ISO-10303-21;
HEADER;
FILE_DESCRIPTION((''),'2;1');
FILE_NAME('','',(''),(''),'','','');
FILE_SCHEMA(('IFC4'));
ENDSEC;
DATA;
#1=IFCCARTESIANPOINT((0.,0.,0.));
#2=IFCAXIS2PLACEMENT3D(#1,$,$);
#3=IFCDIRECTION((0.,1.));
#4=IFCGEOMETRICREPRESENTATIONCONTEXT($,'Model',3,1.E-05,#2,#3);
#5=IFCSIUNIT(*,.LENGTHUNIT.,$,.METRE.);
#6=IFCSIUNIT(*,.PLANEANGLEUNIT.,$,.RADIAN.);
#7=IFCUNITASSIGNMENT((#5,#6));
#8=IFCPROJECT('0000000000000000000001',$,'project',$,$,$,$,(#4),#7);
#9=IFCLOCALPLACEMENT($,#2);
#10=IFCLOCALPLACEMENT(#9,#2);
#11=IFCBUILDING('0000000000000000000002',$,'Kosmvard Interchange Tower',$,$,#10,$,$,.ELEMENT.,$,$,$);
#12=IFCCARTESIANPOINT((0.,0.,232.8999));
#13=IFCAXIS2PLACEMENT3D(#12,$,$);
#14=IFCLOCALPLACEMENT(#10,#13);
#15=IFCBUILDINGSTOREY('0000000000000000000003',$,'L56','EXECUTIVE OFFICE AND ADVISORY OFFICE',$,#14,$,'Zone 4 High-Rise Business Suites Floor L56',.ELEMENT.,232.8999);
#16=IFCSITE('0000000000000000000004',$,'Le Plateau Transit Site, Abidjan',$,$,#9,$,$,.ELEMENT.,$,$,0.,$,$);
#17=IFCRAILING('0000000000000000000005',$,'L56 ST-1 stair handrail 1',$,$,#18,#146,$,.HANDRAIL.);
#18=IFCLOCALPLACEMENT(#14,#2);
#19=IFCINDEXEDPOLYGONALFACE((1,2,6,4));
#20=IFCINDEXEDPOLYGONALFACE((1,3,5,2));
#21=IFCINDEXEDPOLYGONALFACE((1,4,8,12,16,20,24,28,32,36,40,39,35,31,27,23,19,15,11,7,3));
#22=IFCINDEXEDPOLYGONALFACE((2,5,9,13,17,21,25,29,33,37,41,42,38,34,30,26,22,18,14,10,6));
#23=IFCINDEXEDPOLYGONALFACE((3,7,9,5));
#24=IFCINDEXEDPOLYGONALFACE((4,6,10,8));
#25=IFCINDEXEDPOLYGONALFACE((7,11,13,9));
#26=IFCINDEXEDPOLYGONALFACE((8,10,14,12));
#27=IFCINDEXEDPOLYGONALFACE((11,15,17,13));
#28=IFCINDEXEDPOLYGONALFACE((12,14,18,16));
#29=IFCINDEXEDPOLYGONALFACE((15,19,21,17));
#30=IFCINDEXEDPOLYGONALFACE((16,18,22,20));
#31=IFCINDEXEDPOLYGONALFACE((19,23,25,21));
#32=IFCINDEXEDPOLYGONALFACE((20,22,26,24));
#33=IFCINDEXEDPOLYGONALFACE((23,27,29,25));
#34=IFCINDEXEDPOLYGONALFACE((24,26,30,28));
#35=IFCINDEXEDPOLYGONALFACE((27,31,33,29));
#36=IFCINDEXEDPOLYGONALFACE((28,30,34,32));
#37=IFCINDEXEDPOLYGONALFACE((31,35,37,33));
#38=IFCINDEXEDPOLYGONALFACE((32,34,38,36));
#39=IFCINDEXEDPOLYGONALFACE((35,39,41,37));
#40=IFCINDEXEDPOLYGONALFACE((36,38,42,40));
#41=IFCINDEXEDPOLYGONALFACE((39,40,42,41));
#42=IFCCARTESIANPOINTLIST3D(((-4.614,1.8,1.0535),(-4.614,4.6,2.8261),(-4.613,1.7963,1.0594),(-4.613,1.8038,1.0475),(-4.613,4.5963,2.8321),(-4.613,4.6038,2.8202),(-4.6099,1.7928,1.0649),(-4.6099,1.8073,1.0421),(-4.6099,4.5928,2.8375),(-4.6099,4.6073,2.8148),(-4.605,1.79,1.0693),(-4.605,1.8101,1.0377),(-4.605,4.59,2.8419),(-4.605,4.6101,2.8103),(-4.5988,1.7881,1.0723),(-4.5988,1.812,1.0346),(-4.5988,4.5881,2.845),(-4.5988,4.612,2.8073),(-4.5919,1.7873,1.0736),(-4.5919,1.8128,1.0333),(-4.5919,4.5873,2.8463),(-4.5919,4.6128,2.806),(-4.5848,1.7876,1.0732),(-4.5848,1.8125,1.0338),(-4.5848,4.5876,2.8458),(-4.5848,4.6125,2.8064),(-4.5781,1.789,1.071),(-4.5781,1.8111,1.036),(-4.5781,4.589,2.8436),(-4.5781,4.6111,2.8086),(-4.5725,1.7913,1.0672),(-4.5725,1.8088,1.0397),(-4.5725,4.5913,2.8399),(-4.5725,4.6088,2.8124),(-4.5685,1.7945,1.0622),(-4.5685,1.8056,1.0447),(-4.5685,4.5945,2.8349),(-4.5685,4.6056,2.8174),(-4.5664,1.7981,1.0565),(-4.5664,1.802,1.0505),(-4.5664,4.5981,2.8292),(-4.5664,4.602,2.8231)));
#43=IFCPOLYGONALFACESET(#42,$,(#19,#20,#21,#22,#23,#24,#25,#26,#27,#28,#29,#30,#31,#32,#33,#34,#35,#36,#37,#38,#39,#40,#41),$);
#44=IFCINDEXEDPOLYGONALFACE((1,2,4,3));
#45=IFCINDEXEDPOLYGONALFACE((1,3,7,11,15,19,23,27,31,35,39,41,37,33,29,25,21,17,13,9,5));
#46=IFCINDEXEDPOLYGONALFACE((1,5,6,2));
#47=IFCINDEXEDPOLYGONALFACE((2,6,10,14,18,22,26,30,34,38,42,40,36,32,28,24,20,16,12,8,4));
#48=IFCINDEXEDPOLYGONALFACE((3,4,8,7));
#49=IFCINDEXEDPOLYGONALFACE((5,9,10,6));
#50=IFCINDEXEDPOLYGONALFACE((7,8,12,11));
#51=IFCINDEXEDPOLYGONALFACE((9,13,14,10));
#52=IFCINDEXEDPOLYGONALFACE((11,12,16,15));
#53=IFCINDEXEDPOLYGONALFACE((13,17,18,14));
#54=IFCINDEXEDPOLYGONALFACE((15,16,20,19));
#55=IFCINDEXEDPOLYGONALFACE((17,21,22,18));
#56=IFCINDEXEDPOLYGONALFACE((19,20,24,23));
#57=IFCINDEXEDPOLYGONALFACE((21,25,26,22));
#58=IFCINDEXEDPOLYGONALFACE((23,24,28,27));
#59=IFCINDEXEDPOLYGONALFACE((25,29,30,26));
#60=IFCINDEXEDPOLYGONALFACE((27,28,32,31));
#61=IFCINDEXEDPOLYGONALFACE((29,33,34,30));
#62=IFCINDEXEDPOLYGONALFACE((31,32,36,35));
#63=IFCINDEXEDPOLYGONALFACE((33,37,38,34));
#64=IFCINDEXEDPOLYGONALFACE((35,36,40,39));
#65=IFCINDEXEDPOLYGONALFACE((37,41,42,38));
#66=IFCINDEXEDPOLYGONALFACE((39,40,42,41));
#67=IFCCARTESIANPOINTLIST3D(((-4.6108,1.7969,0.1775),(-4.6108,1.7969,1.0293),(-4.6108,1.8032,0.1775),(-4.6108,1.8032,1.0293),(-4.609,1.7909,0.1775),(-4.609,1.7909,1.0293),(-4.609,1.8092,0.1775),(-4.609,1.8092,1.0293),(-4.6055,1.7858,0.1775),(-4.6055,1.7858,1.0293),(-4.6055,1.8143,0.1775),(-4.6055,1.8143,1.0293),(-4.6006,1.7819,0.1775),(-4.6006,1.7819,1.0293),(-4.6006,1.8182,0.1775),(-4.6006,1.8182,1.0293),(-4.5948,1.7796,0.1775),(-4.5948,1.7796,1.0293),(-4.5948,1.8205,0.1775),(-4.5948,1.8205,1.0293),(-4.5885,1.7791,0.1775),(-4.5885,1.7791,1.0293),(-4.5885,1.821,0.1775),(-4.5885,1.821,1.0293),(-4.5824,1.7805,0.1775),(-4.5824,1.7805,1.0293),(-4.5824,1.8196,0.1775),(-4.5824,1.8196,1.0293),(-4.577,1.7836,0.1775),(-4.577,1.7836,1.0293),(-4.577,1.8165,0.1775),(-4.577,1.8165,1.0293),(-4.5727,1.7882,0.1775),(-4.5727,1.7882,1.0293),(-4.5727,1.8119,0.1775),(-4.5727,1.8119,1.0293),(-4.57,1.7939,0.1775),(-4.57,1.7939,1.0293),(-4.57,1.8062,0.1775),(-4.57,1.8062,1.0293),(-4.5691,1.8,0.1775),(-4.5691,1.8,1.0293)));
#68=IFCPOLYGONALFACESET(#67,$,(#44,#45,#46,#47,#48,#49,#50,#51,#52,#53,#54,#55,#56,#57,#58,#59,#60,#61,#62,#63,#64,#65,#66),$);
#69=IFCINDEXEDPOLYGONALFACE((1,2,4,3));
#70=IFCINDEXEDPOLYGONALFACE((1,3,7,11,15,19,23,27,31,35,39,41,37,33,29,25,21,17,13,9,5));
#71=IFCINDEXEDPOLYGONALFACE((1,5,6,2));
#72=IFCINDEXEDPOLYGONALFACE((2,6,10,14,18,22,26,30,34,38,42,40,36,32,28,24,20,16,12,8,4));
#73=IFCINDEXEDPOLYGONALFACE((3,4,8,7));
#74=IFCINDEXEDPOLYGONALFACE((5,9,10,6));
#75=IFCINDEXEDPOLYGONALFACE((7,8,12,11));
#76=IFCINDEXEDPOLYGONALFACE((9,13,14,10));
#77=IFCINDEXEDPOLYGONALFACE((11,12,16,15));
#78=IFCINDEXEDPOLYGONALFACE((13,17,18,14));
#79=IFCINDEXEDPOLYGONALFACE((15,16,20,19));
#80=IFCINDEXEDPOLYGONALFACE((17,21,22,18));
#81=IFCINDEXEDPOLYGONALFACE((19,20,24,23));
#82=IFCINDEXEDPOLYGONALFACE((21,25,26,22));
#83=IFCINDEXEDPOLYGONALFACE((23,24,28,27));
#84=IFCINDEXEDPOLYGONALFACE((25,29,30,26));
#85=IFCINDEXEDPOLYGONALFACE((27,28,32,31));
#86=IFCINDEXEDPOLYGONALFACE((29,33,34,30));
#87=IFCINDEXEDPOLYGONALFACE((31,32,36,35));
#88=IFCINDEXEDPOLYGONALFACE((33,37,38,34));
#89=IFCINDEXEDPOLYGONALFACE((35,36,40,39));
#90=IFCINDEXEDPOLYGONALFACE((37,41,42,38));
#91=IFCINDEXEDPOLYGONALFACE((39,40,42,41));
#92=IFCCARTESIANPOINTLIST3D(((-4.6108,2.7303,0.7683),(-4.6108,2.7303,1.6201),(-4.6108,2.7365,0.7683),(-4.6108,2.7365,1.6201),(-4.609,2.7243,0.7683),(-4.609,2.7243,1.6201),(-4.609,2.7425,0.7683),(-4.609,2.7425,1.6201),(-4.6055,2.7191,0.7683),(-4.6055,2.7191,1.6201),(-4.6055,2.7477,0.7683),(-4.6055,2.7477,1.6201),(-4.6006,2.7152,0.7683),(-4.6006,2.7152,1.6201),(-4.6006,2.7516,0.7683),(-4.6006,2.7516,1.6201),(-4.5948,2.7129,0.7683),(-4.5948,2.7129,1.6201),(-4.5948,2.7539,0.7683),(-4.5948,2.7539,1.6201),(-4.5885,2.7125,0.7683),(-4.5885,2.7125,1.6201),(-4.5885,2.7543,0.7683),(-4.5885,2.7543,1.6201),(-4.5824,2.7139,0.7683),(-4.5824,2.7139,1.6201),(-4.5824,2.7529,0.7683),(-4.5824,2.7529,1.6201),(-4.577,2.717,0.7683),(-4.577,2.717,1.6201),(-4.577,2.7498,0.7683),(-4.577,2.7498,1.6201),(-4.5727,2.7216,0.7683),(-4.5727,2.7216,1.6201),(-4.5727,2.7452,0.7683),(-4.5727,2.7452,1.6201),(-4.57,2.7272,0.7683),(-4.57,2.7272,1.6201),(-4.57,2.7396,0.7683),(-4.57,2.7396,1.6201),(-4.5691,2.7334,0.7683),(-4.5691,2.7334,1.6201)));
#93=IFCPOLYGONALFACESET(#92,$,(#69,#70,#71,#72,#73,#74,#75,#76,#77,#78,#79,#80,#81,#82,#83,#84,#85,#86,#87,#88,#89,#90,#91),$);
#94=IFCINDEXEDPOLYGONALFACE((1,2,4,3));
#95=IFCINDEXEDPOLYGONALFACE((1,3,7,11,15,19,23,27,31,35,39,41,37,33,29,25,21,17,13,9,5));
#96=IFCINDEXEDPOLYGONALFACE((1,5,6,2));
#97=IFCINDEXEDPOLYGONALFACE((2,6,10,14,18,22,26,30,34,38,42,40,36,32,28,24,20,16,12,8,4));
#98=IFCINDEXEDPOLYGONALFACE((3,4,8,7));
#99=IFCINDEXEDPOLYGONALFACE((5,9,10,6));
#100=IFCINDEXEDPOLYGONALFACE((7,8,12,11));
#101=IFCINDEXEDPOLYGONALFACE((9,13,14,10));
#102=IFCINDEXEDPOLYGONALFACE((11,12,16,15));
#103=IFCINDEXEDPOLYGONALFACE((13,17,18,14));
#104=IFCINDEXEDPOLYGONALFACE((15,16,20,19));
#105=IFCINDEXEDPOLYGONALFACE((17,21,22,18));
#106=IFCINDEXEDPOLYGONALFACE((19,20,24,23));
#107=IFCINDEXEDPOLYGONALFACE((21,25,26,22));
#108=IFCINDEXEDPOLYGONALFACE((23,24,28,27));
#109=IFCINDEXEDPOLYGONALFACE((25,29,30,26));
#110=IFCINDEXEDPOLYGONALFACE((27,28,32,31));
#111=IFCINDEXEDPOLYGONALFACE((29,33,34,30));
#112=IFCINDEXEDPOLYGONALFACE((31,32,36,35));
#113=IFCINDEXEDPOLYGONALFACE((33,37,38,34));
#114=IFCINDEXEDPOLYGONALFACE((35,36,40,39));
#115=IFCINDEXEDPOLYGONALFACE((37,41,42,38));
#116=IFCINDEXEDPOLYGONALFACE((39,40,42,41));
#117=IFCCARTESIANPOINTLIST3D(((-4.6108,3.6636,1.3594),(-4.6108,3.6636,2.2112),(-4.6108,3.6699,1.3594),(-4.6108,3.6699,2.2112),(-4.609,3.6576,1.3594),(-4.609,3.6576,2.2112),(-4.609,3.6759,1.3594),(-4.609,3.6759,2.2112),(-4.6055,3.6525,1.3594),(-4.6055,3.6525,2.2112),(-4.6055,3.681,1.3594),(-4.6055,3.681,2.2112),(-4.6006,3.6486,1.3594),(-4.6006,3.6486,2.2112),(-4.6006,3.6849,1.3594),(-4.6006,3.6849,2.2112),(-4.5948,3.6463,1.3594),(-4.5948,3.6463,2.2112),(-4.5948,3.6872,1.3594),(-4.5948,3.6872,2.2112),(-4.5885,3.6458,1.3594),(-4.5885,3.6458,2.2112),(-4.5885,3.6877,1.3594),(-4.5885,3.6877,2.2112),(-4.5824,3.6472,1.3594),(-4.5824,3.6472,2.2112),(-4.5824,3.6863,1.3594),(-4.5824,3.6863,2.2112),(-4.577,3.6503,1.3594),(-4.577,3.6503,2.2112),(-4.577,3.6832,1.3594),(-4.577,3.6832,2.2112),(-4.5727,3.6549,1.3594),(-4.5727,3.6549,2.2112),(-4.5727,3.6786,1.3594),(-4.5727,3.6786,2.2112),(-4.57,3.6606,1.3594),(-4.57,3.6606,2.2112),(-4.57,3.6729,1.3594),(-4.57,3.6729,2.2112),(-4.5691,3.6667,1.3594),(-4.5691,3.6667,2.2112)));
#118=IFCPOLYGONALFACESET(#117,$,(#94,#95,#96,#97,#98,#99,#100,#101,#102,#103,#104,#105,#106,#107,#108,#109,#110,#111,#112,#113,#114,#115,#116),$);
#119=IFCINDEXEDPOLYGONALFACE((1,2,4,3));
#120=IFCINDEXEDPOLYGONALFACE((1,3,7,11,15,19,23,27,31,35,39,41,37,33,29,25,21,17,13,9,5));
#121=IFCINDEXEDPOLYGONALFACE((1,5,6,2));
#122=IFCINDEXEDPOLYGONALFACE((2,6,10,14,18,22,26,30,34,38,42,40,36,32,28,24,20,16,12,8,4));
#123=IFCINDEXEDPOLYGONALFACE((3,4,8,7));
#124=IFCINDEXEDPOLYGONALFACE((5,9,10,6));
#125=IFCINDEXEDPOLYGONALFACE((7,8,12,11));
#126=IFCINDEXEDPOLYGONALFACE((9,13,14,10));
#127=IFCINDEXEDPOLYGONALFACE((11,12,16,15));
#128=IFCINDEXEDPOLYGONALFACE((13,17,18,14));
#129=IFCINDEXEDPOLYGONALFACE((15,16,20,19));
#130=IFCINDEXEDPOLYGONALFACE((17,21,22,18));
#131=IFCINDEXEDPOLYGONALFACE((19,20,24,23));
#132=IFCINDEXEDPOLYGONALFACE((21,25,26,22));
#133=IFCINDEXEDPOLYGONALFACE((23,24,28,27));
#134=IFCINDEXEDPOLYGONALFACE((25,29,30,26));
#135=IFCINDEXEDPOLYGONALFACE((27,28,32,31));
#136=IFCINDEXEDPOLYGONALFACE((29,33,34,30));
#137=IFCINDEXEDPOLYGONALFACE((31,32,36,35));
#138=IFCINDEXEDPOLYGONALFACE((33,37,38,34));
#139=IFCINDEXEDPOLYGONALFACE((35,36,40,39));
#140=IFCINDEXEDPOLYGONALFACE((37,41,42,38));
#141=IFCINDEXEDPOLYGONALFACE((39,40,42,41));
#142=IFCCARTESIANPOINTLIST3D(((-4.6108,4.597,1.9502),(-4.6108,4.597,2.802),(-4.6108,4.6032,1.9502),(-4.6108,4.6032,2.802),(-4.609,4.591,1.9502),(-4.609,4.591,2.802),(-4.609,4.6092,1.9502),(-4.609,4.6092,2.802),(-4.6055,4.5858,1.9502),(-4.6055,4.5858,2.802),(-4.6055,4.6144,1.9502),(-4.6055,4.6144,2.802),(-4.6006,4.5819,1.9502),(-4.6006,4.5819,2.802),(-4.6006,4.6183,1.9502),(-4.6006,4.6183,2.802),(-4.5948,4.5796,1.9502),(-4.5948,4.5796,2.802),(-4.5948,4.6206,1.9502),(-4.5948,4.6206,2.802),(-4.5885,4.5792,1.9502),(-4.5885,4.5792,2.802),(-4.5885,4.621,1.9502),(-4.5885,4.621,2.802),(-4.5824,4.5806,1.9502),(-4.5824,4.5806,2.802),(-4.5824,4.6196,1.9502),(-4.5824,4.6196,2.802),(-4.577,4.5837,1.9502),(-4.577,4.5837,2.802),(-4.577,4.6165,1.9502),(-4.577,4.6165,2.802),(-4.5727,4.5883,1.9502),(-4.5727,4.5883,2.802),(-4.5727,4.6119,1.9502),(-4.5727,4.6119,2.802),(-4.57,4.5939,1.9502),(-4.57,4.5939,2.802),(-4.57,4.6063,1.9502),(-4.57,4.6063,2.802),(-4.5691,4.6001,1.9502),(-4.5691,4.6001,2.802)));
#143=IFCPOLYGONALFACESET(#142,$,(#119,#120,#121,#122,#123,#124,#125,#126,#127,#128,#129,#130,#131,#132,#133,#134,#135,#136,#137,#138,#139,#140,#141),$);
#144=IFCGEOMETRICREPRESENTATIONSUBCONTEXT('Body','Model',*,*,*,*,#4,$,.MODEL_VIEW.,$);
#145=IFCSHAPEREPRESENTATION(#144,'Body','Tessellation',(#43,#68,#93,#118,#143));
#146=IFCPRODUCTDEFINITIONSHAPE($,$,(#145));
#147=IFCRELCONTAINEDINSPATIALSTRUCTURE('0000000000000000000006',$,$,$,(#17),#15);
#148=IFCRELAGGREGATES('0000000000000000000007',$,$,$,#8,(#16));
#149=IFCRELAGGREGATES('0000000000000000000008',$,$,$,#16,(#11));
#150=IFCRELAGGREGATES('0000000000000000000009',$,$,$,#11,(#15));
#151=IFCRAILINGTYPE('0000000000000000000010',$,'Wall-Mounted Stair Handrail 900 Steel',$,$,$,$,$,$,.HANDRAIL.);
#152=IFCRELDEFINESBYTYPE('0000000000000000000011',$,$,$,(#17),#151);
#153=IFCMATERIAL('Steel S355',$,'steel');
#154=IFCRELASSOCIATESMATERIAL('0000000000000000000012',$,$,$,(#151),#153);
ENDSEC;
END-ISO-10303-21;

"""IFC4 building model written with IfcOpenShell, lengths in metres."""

from ifc_helpers import new_model, si_unit, direction, frame, origin, origin_2d, place, context, subcontext, project, spatial, circle, extrude, source, transform, mapped, material, type_object, element, save


model = new_model("IFC4")

# Units and contexts
model_context = context("Model", 3, precision=1e-05, world=origin(), true_north=direction((0.0, 1.0)))
body_context = subcontext(model_context, "Body", "Model", "MODEL_VIEW")
ifc_project = project(units=[si_unit("LENGTHUNIT", "METRE"), si_unit("PLANEANGLEUNIT", "RADIAN")], contexts=[model_context])

# Site, building, storey
site_placement = place(None, origin())
site = spatial("IfcSite", under=ifc_project, at=site_placement, Name="Le Plateau Transit Site, Abidjan", CompositionType="ELEMENT", RefElevation=0.0)
building_placement = place(site_placement, origin())
building = spatial("IfcBuilding", under=site, at=building_placement, Name="Kosmvard Interchange Tower", CompositionType="ELEMENT")
storey_placement = place(building_placement, frame((0.0, 0.0, 232.8999)))
storey = spatial("IfcBuildingStorey", under=building, at=storey_placement, Name="L56", Description="EXECUTIVE OFFICE AND ADVISORY OFFICE", LongName="Zone 4 High-Rise Business Suites Floor L56", CompositionType="ELEMENT", Elevation=232.8999)

# Railing
ifc_material_1 = material(Name="Steel S355", Category="steel")
railing_type_1 = type_object("IfcRailingType", Name="Wall-Mounted Stair Handrail 900 Steel", PredefinedType="HANDRAIL", material=ifc_material_1)
shared_shape_1 = source(origin(), body_context, "Body", "SweptSolid", [
    extrude(circle(Radius=0.0239, at=origin_2d()), frame((0.0, 0.0, 0.876), z_axis=(0.0, 0.844909, 0.53491), x_axis=(-1.0, 0.0, 0.0)), (0.0, 0.0, 1.0), 3.314),
    extrude(circle(Radius=0.021, at=origin_2d()), origin(), (0.0, 0.0, 1.0), 0.8518),
    extrude(circle(Radius=0.021, at=origin_2d()), frame((0.0, 0.9333, 0.5908)), (0.0, 0.0, 1.0), 0.8518),
    extrude(circle(Radius=0.021, at=origin_2d()), frame((0.0, 1.8667, 1.1819)), (0.0, 0.0, 1.0), 0.8518),
    extrude(circle(Radius=0.021, at=origin_2d()), frame((0.0, 2.8, 1.7727)), (0.0, 0.0, 1.0), 0.8518),
])
railing_1_placement = place(storey_placement, frame((-4.5901, 1.8, 0.1775)))
element("IfcRailing", 1, at=railing_1_placement, inside=storey, type_object=railing_type_1, Name="L56 ST-1 stair handrail 1", PredefinedType="HANDRAIL", context=body_context, shape_type="MappedRepresentation", body=[
    mapped(shared_shape_1, transform((0.0, 0.0, 0.0), scale=1.0)),
])

save(model, "model.ifc")
